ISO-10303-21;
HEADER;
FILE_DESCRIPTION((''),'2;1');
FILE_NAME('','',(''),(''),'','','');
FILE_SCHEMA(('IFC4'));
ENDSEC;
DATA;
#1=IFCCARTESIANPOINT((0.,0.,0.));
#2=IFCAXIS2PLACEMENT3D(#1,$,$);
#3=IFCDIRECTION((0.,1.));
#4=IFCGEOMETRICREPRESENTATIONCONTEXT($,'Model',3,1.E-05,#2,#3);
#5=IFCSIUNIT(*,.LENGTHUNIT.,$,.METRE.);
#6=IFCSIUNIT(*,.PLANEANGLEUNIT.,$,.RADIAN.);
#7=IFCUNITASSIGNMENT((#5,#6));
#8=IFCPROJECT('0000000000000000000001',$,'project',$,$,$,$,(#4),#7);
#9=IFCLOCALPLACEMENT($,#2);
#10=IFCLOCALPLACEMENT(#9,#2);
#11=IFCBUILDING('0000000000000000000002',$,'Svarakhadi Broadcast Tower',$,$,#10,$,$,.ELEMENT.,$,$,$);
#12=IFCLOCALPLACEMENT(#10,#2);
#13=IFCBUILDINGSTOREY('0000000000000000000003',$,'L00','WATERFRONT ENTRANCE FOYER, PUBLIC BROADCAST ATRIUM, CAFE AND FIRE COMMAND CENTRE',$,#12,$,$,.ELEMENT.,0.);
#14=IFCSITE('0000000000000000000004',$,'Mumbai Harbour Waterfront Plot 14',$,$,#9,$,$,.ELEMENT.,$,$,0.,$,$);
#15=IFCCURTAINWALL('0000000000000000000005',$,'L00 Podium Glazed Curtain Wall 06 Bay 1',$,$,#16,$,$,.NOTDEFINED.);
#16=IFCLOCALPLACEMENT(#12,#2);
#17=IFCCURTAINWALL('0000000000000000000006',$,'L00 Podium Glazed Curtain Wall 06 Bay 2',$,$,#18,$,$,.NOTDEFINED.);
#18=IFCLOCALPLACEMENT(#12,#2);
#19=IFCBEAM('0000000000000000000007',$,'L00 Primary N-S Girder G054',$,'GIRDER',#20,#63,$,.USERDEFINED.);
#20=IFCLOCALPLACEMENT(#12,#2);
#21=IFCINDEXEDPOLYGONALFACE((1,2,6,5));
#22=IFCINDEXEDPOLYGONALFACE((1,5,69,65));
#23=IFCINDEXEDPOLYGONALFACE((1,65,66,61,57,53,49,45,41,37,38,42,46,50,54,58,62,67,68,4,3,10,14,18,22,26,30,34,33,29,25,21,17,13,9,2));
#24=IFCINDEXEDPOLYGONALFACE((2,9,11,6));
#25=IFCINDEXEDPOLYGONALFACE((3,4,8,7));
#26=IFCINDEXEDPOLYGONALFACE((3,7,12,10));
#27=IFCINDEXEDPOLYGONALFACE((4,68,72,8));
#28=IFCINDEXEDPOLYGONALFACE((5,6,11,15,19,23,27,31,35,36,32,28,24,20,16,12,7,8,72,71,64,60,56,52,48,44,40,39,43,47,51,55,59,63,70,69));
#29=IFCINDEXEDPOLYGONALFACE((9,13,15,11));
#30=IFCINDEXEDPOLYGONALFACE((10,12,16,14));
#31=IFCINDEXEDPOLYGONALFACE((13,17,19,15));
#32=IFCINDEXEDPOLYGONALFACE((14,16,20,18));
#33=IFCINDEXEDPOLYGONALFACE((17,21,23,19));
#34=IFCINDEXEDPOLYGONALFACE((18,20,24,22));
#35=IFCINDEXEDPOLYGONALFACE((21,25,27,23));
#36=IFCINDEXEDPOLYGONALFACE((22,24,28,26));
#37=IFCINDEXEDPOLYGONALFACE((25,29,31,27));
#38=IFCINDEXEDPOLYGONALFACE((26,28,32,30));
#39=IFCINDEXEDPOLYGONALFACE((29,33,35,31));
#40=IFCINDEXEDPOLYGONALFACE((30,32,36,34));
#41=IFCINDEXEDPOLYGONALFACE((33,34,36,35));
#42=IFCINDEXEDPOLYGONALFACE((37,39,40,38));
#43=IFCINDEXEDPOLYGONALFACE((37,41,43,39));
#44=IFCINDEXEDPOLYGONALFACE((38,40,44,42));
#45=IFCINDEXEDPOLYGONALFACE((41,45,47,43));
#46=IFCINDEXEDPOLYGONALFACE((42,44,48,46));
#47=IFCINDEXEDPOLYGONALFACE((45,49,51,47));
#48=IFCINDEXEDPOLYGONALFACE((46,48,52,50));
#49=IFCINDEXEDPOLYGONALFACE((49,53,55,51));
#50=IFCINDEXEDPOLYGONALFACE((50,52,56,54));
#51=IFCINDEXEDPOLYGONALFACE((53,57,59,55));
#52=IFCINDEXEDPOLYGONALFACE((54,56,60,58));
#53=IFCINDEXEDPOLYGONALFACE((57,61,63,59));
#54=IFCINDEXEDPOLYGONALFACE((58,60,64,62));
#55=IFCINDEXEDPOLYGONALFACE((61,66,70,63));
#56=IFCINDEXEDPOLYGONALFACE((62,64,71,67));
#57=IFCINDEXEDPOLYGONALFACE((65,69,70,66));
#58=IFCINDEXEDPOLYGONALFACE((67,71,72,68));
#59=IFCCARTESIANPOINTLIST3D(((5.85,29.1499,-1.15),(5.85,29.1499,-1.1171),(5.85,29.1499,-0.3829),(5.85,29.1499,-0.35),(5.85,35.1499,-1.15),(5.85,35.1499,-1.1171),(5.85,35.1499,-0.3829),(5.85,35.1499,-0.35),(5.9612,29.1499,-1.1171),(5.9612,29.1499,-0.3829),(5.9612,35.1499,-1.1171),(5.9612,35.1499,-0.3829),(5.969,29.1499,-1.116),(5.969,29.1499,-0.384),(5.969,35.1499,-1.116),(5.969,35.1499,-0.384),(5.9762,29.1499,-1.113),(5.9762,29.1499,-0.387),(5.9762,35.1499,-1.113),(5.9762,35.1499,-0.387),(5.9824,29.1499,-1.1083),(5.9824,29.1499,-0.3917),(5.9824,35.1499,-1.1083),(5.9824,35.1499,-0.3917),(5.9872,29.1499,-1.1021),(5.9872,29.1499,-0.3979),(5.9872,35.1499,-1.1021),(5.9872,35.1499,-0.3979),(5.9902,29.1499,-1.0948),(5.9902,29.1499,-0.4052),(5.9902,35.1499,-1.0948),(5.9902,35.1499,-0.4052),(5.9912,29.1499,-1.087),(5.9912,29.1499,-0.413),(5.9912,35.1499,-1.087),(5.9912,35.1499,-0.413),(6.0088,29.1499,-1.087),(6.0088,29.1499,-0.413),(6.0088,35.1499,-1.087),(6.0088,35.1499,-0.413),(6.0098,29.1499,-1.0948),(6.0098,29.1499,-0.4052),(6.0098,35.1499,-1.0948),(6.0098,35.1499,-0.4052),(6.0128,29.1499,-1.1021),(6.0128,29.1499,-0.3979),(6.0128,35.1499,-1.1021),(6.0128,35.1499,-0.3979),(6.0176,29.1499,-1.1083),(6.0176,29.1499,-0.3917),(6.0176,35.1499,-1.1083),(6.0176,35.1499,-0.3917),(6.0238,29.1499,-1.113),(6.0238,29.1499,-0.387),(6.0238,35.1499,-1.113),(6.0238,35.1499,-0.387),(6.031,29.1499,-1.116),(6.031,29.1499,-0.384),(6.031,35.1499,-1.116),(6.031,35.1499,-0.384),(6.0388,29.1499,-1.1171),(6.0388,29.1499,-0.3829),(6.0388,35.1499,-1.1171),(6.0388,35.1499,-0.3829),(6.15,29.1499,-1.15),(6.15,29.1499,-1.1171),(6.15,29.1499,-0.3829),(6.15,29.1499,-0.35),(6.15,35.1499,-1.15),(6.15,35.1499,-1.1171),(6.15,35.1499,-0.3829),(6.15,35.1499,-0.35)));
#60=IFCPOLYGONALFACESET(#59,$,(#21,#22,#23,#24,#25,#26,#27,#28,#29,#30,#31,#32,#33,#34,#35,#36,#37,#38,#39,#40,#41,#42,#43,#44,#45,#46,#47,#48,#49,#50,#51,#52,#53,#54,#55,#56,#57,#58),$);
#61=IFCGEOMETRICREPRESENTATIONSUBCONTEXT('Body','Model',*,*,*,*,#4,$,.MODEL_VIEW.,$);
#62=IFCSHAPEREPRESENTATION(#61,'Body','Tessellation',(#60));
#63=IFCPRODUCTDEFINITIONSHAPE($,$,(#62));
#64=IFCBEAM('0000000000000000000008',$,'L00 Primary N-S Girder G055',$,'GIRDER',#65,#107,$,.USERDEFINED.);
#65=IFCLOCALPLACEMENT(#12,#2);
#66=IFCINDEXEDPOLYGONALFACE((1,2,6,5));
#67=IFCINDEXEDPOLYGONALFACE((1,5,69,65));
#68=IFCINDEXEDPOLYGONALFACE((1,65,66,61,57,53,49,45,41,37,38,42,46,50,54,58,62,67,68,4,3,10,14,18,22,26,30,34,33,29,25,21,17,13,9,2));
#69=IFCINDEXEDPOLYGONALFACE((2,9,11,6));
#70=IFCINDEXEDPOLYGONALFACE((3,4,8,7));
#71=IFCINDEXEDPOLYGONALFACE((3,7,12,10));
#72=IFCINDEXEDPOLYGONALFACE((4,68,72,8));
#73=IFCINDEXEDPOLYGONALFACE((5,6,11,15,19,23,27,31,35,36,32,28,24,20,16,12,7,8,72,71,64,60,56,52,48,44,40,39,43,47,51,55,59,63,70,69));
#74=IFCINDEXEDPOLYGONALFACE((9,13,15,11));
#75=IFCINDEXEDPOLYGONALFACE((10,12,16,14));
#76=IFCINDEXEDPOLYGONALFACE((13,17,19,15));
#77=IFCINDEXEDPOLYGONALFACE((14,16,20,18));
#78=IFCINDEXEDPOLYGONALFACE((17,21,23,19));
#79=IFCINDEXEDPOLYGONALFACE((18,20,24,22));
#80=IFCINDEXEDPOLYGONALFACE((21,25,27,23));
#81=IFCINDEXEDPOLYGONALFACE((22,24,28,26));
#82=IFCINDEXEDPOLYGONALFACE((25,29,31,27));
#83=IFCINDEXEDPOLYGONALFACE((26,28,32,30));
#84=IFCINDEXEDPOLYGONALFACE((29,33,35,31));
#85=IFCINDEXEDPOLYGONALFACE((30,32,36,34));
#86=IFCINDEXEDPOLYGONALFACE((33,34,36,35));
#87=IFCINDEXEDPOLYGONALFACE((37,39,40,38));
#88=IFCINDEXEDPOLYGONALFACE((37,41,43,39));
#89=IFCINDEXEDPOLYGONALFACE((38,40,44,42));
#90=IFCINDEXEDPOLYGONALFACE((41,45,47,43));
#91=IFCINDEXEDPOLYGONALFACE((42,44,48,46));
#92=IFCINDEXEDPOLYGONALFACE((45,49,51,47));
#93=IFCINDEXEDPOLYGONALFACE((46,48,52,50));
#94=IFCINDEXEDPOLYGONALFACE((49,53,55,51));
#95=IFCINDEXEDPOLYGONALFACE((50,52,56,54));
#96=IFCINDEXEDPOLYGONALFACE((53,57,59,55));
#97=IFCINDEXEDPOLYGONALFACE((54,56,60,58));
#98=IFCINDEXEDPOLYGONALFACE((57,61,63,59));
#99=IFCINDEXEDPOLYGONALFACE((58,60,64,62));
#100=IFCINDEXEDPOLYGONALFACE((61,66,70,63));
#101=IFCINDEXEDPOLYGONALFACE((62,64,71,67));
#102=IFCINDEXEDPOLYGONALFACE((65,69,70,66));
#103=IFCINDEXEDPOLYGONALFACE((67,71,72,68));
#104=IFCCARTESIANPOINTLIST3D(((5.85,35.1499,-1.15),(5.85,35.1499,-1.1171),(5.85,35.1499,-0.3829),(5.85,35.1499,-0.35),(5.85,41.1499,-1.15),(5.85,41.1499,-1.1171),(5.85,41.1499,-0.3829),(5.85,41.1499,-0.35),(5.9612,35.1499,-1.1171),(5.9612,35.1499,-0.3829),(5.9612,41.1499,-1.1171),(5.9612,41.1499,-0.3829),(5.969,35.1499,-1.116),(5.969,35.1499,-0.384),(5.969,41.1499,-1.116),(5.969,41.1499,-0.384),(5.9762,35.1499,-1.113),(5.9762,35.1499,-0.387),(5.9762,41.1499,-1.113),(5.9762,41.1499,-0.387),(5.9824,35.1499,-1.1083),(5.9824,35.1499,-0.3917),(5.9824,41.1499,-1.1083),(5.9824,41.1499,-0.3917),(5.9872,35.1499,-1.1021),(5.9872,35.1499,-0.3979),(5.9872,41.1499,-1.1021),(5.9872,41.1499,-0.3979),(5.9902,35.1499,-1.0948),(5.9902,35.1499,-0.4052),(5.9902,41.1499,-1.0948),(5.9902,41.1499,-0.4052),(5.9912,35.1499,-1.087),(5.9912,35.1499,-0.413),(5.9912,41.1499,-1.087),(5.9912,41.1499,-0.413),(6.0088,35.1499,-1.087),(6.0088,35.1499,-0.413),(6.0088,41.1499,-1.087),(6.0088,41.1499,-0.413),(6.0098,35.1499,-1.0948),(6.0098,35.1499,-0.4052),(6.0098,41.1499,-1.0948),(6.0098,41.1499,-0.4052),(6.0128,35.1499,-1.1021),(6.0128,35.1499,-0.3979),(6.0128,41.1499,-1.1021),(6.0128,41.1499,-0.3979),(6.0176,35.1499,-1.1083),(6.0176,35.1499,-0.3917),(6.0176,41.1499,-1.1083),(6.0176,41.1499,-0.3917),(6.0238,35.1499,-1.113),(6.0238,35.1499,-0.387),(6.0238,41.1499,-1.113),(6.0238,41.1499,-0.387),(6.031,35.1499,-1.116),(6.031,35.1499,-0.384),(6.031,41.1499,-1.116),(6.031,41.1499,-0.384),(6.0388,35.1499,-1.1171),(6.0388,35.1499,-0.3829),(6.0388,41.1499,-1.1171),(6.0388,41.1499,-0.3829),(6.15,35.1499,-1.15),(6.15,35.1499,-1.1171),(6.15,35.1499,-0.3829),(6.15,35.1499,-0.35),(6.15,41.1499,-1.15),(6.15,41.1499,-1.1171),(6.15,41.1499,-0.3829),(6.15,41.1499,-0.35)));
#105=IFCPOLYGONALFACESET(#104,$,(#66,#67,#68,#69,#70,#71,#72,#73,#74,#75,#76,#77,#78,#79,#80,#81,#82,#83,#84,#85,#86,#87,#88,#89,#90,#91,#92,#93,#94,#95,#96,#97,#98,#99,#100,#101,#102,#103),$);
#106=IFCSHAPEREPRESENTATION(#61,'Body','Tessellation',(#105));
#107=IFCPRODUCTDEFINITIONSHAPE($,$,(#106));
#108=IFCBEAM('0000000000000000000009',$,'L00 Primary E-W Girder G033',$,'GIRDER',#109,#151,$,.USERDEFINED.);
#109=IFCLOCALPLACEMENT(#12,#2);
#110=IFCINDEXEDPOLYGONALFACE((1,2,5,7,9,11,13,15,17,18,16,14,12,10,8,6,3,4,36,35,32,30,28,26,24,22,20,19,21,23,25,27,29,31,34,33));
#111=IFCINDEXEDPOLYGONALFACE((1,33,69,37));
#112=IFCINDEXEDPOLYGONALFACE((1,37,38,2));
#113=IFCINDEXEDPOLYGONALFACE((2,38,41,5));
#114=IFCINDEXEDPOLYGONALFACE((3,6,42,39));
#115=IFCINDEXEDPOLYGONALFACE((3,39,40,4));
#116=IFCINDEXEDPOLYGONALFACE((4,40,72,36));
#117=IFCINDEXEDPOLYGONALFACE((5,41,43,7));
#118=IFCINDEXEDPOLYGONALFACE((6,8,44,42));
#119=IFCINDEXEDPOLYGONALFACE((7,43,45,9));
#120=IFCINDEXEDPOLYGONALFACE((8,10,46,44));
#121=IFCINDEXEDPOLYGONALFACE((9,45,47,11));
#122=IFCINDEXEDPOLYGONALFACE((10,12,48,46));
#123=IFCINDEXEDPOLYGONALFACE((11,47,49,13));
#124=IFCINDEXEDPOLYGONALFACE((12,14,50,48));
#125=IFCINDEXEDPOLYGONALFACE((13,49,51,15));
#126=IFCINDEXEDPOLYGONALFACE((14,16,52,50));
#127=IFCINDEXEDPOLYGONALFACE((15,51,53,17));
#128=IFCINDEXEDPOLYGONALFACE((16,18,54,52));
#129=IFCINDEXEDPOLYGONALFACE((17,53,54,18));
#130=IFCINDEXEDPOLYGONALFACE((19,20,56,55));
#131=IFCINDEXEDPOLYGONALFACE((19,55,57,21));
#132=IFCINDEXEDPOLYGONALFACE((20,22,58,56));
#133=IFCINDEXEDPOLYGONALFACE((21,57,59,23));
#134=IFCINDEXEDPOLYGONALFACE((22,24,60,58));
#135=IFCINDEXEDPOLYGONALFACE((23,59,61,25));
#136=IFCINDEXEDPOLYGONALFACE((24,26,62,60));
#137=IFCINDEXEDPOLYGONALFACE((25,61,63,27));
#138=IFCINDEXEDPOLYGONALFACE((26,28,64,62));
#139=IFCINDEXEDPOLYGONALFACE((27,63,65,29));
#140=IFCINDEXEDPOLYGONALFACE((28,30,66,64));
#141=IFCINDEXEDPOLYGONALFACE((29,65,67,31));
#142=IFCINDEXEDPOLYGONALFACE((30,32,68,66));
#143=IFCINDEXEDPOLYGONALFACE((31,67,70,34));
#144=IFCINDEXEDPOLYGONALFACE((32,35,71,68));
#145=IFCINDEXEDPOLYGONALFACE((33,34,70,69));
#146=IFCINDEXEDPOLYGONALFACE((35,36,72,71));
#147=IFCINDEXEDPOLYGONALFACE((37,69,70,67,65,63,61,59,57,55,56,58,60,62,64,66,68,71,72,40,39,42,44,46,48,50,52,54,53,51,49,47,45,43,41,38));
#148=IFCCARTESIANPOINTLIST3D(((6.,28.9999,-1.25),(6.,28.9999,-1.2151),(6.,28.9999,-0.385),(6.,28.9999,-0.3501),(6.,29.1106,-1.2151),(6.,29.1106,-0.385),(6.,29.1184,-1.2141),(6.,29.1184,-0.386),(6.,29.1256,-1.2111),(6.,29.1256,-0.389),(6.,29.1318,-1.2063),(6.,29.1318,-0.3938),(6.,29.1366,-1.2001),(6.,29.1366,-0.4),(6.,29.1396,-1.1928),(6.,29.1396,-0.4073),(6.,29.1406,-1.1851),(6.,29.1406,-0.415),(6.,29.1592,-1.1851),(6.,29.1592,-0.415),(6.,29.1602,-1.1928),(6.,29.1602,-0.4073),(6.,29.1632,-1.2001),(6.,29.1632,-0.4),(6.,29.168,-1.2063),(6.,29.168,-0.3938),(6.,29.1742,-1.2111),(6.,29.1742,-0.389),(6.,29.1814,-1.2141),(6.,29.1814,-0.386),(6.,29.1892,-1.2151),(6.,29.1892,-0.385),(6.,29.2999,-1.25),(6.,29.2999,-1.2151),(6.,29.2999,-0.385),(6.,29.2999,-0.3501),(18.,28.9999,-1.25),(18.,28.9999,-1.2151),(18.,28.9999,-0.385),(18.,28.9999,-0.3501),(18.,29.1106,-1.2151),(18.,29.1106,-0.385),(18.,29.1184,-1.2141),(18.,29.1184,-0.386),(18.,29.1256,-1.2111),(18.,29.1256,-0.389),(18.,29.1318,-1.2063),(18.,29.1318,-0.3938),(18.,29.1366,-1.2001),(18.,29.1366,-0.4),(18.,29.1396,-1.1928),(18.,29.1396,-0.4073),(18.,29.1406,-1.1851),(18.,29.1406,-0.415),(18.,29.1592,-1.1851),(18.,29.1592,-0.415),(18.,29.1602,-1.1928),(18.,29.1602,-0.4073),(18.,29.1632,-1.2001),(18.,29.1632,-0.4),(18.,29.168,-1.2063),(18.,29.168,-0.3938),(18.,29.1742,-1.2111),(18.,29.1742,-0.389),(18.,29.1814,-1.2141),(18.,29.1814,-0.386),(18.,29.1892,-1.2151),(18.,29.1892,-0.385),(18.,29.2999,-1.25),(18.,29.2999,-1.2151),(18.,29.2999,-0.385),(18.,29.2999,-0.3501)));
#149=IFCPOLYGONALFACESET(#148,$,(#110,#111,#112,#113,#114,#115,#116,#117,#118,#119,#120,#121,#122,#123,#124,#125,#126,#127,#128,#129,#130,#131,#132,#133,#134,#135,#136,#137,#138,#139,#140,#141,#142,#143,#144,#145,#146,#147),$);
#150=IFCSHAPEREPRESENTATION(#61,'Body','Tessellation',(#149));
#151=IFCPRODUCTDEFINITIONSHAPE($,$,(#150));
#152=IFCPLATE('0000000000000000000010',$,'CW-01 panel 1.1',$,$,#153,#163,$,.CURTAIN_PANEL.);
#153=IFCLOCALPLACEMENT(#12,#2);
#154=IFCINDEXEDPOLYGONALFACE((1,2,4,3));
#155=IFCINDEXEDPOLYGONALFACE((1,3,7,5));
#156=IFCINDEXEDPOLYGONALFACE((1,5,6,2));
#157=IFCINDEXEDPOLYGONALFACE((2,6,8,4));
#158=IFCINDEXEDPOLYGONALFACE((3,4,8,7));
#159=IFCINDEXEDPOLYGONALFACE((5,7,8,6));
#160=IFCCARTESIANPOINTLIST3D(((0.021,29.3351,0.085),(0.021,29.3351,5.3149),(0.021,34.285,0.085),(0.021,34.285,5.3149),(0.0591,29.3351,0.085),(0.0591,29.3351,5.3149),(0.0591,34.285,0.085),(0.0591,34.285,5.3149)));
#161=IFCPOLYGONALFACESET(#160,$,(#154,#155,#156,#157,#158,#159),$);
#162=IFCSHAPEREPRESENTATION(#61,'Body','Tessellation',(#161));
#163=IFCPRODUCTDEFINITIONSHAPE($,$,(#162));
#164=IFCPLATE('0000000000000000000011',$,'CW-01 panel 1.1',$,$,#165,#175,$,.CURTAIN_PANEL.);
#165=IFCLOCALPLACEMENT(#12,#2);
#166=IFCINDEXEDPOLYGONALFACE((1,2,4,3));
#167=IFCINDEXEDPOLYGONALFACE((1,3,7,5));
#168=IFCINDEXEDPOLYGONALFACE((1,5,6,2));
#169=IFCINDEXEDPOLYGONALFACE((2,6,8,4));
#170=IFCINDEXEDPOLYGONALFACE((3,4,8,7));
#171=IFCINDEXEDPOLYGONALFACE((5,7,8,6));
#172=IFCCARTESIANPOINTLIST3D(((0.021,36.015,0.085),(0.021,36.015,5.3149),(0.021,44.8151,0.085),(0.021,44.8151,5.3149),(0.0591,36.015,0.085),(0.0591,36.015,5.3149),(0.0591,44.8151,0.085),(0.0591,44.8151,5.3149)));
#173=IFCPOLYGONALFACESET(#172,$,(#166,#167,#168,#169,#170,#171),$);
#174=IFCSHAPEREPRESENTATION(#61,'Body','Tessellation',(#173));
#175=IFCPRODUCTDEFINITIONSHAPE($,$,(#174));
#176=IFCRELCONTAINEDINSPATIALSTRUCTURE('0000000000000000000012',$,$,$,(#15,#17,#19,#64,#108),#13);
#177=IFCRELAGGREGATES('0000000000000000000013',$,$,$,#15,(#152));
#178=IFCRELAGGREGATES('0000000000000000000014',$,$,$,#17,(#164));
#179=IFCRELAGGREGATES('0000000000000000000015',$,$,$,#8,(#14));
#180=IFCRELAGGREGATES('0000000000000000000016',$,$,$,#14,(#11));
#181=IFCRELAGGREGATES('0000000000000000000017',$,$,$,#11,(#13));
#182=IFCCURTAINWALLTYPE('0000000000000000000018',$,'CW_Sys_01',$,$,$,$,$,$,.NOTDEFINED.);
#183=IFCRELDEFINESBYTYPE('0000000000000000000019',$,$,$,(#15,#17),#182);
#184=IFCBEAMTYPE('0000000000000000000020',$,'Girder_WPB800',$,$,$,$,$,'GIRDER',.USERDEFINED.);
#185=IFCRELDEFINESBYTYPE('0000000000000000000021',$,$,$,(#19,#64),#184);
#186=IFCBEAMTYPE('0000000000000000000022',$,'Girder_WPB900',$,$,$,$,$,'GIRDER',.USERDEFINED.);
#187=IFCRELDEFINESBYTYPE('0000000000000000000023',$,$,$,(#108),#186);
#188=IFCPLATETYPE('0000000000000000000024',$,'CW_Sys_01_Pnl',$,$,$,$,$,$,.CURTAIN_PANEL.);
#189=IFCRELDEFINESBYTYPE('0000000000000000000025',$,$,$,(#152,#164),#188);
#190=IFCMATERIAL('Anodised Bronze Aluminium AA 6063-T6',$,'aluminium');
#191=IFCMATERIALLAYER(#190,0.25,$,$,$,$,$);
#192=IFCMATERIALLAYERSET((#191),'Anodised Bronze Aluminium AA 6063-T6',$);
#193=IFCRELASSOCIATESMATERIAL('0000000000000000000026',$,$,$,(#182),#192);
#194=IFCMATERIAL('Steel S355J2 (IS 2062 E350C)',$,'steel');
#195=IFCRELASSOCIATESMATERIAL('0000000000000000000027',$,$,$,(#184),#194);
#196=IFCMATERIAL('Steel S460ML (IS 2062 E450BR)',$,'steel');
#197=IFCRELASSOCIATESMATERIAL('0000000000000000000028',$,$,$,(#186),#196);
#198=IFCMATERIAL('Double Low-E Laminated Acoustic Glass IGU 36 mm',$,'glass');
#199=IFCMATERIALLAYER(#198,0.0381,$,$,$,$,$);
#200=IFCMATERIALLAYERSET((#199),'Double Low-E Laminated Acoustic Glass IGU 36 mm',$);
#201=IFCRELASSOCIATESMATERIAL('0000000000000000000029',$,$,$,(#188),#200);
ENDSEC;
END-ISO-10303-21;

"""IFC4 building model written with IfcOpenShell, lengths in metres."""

from ifc_helpers import new_model, si_unit, direction, frame, origin, origin_2d, place, context, subcontext, project, spatial, rectangle, i_section, extrude, material, layer, layer_set, material_profile, profile_set, type_object, element, aggregate, save


model = new_model("IFC4")

# Units and contexts
model_context = context("Model", 3, precision=1e-05, world=origin(), true_north=direction((0.0, 1.0)))
body_context = subcontext(model_context, "Body", "Model", "MODEL_VIEW")
ifc_project = project(units=[si_unit("LENGTHUNIT", "METRE"), si_unit("PLANEANGLEUNIT", "RADIAN")], contexts=[model_context])

# Site, building, storey
site_placement = place(None, origin())
site = spatial("IfcSite", under=ifc_project, at=site_placement, Name="Mumbai Harbour Waterfront Plot 14", CompositionType="ELEMENT", RefElevation=0.0)
building_placement = place(site_placement, origin())
building = spatial("IfcBuilding", under=site, at=building_placement, Name="Svarakhadi Broadcast Tower", CompositionType="ELEMENT")
storey_placement = place(building_placement, origin())
storey = spatial("IfcBuildingStorey", under=building, at=storey_placement, Name="L00", Description="WATERFRONT ENTRANCE FOYER, PUBLIC BROADCAST ATRIUM, CAFE AND FIRE COMMAND CENTRE", CompositionType="ELEMENT", Elevation=0.0)

# Shared definitions
ifc_material_1 = material(Name="Steel S460ML (IS 2062 E450BR)", Category="steel")

# Shared definitions
ifc_material_2 = material(Name="Steel S355J2 (IS 2062 E350C)", Category="steel")

# Curtain walls
ifc_material_3 = material(Name="Anodised Bronze Aluminium AA 6063-T6", Category="aluminium")
ifc_layer_1 = layer(ifc_material_3, 0.25)
ifc_layer_set_1 = layer_set([ifc_layer_1], Name="Anodised Bronze Aluminium AA 6063-T6")
curtain_wall_type = type_object("IfcCurtainWallType", Name="CW_Sys_01", PredefinedType="NOTDEFINED", material=ifc_layer_set_1)
curtain_wall_1_placement = place(storey_placement, origin())
curtain_wall_1 = element("IfcCurtainWall", 1, at=curtain_wall_1_placement, inside=storey, type_object=curtain_wall_type, Name="L00 Podium Glazed Curtain Wall 06 Bay 1", PredefinedType="NOTDEFINED")
curtain_wall_2_placement = place(storey_placement, origin())
curtain_wall_2 = element("IfcCurtainWall", 2, at=curtain_wall_2_placement, inside=storey, type_object=curtain_wall_type, Name="L00 Podium Glazed Curtain Wall 06 Bay 2", PredefinedType="NOTDEFINED")

# Beams
ifc_material_profile_1 = material_profile(ifc_material_2, i_section(OverallWidth=0.3, OverallDepth=0.8, WebThickness=0.0176, FlangeThickness=0.033, FilletRadius=0.03, at=origin_2d()), Name="WPB 800x300x262")
ifc_profile_set_1 = profile_set([ifc_material_profile_1], Name="Steel S355J2 (IS 2062 E350C)")
beam_type_1 = type_object("IfcBeamType", Name="Girder_WPB800", ElementType="GIRDER", PredefinedType="USERDEFINED", material=ifc_profile_set_1)
for number, where, z_axis, x_axis, name in (
    (3, (6.0, 29.1499, -0.75), (0.0, 1.0, 0.0), (-1.0, 0.0, 0.0), "L00 Primary N-S Girder G054"),
    (4, (6.0, 35.1499, -0.75), (0.0, 1.0, 0.0), (-1.0, 0.0, 0.0), "L00 Primary N-S Girder G055"),
):
    element("IfcBeam", number, at=place(storey_placement, frame(where, z_axis=z_axis, x_axis=x_axis)), inside=storey, type_object=beam_type_1, Name=name, ObjectType="GIRDER", PredefinedType="USERDEFINED", context=body_context, shape_type="SweptSolid", body=[
        extrude(i_section(OverallWidth=0.3, OverallDepth=0.8, WebThickness=0.0176, FlangeThickness=0.033, FilletRadius=0.03, at=origin_2d()), origin(), (0.0, 0.0, 1.0), 6.0),
    ])
ifc_material_profile_2 = material_profile(ifc_material_1, i_section(OverallWidth=0.3, OverallDepth=0.8999, WebThickness=0.0186, FlangeThickness=0.0349, FilletRadius=0.03, at=origin_2d()), Name="WPB 900x300x291")
ifc_profile_set_2 = profile_set([ifc_material_profile_2], Name="Steel S460ML (IS 2062 E450BR)")
beam_type_2 = type_object("IfcBeamType", Name="Girder_WPB900", ElementType="GIRDER", PredefinedType="USERDEFINED", material=ifc_profile_set_2)
beam_placement = place(storey_placement, frame((6.0, 29.1499, -0.8), z_axis=(1.0, 0.0, 0.0), x_axis=(0.0, 1.0, 0.0)))
element("IfcBeam", 5, at=beam_placement, inside=storey, type_object=beam_type_2, Name="L00 Primary E-W Girder G033", ObjectType="GIRDER", PredefinedType="USERDEFINED", context=body_context, shape_type="SweptSolid", body=[
    extrude(i_section(OverallWidth=0.3, OverallDepth=0.8999, WebThickness=0.0186, FlangeThickness=0.0349, FilletRadius=0.03, at=origin_2d()), origin(), (0.0, 0.0, 1.0), 12.0),
])

# Plates
ifc_material_4 = material(Name="Double Low-E Laminated Acoustic Glass IGU 36 mm", Category="glass")
ifc_layer_2 = layer(ifc_material_4, 0.0381)
ifc_layer_set_2 = layer_set([ifc_layer_2], Name="Double Low-E Laminated Acoustic Glass IGU 36 mm")
plate_type = type_object("IfcPlateType", Name="CW_Sys_01_Pnl", PredefinedType="CURTAIN_PANEL", material=ifc_layer_set_2)
plate_1_placement = place(storey_placement, frame((0.04, 31.8101, 0.085), z_axis=(0.0, 0.0, 1.0), x_axis=(0.0, 1.0, 0.0)))
plate_1 = element("IfcPlate", 6, at=plate_1_placement, type_object=plate_type, Name="CW-01 panel 1.1", PredefinedType="CURTAIN_PANEL", context=body_context, shape_type="SweptSolid", body=[
    extrude(rectangle(XDim=4.95, YDim=0.0381, at=origin_2d()), origin(), (0.0, 0.0, 1.0), 5.23),
])
aggregate(curtain_wall_1, [plate_1])
plate_2_placement = place(storey_placement, frame((0.04, 40.415, 0.085), z_axis=(0.0, 0.0, 1.0), x_axis=(0.0, 1.0, 0.0)))
plate_2 = element("IfcPlate", 7, at=plate_2_placement, type_object=plate_type, Name="CW-01 panel 1.1", PredefinedType="CURTAIN_PANEL", context=body_context, shape_type="SweptSolid", body=[
    extrude(rectangle(XDim=8.8, YDim=0.0381, at=origin_2d()), origin(), (0.0, 0.0, 1.0), 5.23),
])
aggregate(curtain_wall_2, [plate_2])

save(model, "model.ifc")
